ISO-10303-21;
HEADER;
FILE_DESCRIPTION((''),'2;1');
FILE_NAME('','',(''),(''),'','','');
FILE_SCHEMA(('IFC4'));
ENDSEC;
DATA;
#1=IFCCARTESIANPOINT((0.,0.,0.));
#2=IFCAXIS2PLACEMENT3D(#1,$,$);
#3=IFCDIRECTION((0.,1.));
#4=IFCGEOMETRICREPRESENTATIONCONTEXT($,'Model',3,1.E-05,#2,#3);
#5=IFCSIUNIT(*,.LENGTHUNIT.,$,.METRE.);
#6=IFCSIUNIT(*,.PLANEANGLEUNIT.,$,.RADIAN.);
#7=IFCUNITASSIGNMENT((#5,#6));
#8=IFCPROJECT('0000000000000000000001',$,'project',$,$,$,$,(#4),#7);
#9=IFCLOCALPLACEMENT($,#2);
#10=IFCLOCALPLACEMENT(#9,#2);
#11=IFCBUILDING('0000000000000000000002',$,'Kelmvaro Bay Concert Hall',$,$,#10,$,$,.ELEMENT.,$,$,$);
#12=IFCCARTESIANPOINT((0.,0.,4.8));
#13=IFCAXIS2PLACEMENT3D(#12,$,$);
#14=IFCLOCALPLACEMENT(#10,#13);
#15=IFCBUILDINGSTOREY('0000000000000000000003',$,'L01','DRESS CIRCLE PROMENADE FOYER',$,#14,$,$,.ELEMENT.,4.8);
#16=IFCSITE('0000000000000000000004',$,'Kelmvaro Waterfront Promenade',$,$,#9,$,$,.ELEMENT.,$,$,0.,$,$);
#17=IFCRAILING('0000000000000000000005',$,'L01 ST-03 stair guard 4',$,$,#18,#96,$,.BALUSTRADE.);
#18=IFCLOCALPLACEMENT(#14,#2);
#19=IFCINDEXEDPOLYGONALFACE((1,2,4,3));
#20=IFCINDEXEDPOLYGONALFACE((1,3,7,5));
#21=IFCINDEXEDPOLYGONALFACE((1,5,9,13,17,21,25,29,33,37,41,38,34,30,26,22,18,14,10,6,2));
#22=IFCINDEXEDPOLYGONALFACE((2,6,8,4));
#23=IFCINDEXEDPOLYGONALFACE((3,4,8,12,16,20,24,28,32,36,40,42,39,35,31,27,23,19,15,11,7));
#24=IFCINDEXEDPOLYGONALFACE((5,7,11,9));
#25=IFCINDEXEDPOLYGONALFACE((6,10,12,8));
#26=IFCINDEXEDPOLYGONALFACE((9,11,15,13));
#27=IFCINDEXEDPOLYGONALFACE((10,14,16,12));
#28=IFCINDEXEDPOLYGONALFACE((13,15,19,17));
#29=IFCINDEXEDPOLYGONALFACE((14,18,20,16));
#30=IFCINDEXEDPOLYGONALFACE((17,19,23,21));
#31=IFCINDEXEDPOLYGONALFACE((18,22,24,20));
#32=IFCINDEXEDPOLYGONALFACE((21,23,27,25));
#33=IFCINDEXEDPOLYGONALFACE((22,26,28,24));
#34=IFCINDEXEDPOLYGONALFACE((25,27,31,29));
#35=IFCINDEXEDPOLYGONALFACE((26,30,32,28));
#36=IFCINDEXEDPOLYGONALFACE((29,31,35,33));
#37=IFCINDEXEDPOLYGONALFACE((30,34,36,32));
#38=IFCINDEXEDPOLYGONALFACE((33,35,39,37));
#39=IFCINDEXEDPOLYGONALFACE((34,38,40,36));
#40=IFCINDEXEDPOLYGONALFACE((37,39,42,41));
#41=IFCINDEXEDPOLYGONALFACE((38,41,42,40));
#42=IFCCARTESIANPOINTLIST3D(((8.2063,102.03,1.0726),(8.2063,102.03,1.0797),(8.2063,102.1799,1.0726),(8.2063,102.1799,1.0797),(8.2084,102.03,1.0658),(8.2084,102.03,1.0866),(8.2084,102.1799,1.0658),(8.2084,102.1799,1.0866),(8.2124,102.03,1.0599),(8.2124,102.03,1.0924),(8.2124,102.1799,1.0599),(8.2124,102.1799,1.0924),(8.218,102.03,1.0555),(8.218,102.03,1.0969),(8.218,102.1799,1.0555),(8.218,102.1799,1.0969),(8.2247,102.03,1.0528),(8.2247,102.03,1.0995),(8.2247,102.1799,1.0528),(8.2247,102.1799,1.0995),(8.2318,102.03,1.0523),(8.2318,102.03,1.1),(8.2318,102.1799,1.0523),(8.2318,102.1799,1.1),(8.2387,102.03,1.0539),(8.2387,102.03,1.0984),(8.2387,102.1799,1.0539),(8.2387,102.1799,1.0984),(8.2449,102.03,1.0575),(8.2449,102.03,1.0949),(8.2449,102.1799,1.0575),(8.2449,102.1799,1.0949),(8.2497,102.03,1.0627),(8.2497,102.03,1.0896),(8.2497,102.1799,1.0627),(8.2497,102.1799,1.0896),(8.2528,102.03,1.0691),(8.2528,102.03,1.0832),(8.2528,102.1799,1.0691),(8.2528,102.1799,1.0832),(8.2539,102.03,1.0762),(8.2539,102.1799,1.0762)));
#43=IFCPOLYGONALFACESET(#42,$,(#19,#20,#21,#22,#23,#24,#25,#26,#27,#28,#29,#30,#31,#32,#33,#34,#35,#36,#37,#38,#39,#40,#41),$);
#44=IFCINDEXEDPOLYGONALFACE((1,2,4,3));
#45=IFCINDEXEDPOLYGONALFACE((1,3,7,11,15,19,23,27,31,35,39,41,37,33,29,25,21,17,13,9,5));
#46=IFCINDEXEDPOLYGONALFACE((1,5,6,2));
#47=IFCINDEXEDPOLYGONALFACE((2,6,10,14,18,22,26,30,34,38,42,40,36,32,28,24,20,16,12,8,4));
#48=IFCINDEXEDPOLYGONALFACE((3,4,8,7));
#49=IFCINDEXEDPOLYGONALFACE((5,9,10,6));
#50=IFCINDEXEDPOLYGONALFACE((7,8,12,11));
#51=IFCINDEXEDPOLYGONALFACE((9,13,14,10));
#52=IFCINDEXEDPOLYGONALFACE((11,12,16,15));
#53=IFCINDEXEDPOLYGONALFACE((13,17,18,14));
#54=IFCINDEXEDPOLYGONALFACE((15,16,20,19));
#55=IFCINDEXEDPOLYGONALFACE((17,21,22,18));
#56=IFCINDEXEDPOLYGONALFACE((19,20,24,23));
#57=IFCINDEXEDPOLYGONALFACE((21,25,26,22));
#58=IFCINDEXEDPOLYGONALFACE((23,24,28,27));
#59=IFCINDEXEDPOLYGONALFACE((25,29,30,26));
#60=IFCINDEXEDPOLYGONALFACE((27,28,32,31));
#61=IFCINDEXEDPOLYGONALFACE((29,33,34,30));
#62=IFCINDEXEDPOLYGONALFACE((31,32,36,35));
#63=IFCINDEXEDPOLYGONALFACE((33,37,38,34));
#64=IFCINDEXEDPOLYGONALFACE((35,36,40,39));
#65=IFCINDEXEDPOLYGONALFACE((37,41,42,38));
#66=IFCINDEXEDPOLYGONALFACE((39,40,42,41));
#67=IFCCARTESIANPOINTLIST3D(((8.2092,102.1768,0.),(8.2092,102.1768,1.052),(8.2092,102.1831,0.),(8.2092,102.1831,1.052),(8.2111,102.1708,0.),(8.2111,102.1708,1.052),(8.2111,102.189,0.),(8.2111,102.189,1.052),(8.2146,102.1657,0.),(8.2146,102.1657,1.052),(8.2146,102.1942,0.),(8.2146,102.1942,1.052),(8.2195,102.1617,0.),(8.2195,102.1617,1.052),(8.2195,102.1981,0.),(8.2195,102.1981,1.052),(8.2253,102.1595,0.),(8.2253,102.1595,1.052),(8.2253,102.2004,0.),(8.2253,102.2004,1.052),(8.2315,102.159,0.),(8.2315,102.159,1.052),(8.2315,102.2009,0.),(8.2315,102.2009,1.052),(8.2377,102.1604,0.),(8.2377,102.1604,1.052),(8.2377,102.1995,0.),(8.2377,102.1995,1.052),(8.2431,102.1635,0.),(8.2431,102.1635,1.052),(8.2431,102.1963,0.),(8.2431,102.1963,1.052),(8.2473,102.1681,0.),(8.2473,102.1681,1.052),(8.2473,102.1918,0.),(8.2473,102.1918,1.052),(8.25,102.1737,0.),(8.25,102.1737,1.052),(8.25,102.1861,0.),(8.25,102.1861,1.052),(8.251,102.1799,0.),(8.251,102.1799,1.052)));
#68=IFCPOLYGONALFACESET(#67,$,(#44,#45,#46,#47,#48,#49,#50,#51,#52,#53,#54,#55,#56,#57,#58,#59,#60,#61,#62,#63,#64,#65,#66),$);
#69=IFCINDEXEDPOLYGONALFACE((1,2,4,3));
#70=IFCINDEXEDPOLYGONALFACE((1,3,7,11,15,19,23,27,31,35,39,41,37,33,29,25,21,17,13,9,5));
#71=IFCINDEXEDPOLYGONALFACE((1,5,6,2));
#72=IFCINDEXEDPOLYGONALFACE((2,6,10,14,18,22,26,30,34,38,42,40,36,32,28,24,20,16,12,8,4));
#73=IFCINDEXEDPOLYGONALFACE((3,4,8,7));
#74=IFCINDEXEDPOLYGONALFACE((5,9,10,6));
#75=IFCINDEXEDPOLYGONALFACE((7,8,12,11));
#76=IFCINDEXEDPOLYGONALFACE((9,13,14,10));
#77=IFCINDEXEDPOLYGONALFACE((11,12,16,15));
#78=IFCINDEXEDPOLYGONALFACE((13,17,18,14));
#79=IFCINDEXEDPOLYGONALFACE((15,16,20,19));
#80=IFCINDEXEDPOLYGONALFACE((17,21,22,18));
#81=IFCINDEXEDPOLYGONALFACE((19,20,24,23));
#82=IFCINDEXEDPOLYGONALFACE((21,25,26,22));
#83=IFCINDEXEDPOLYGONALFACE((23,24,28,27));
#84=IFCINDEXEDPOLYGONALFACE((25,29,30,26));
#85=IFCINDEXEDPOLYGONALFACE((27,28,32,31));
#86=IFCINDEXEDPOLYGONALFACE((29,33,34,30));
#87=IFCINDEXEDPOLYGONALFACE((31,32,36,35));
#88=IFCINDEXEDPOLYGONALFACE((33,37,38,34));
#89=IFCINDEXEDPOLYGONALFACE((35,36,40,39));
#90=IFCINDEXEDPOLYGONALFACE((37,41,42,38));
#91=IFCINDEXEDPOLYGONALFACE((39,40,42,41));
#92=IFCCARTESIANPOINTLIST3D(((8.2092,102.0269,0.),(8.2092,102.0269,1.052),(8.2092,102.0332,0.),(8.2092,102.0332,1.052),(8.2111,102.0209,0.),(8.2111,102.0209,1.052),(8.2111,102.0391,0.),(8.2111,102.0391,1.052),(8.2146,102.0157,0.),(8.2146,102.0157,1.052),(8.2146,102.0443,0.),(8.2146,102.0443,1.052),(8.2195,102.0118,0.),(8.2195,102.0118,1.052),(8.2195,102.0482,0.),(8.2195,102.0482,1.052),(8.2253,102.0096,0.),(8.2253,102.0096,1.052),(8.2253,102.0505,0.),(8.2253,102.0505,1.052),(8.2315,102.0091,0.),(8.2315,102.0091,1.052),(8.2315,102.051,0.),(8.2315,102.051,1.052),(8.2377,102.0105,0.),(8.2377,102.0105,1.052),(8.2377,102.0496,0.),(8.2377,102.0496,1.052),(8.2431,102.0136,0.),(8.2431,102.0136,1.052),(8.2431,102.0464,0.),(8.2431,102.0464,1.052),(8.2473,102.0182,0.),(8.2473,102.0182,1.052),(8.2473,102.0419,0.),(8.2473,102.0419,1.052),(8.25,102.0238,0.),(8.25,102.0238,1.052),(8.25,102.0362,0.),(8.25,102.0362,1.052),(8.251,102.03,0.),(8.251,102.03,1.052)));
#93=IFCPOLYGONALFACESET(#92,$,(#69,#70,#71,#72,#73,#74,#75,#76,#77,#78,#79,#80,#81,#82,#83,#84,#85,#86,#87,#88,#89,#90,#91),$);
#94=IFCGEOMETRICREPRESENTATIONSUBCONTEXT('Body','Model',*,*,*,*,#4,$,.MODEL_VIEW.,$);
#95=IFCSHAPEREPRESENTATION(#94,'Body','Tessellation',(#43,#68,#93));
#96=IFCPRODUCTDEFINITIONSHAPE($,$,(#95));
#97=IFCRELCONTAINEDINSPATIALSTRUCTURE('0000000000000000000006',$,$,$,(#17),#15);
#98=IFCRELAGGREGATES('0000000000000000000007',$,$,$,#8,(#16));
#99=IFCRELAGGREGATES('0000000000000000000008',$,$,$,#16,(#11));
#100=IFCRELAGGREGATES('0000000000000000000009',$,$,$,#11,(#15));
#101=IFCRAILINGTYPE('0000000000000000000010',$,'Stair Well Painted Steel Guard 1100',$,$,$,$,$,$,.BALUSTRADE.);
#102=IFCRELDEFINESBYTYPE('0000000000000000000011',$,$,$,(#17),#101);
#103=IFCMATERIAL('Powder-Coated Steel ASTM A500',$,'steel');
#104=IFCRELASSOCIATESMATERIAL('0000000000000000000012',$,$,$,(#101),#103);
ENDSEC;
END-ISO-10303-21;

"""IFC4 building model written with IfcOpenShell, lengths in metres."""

from ifc_helpers import new_model, si_unit, direction, frame, origin, origin_2d, place, context, subcontext, project, spatial, circle, extrude, material, type_object, element, save


model = new_model("IFC4")

# Units and contexts
model_context = context("Model", 3, precision=1e-05, world=origin(), true_north=direction((0.0, 1.0)))
body_context = subcontext(model_context, "Body", "Model", "MODEL_VIEW")
ifc_project = project(units=[si_unit("LENGTHUNIT", "METRE"), si_unit("PLANEANGLEUNIT", "RADIAN")], contexts=[model_context])

# Site, building, storey
site_placement = place(None, origin())
site = spatial("IfcSite", under=ifc_project, at=site_placement, Name="Kelmvaro Waterfront Promenade", CompositionType="ELEMENT", RefElevation=0.0)
building_placement = place(site_placement, origin())
building = spatial("IfcBuilding", under=site, at=building_placement, Name="Kelmvaro Bay Concert Hall", CompositionType="ELEMENT")
storey_placement = place(building_placement, frame((0.0, 0.0, 4.8)))
storey = spatial("IfcBuildingStorey", under=building, at=storey_placement, Name="L01", Description="DRESS CIRCLE PROMENADE FOYER", CompositionType="ELEMENT", Elevation=4.8)

# Railing
ifc_material_1 = material(Name="Powder-Coated Steel ASTM A500", Category="steel")
railing_type_1 = type_object("IfcRailingType", Name="Stair Well Painted Steel Guard 1100", PredefinedType="BALUSTRADE", material=ifc_material_1)
railing_1_placement = place(storey_placement, frame((8.23, 102.1799, 0.0)))
element("IfcRailing", 1, at=railing_1_placement, inside=storey, type_object=railing_type_1, Name="L01 ST-03 stair guard 4", PredefinedType="BALUSTRADE", context=body_context, shape_type="SweptSolid", body=[
    extrude(circle(Radius=0.0239, at=origin_2d()), frame((0.0, 0.0, 1.0762), z_axis=(0.0, -1.0, 0.0), x_axis=(1.0, 0.0, 0.0)), (0.0, 0.0, 1.0), 0.1499),
    extrude(circle(Radius=0.021, at=origin_2d()), origin(), (0.0, 0.0, 1.0), 1.052),
    extrude(circle(Radius=0.021, at=origin_2d()), frame((0.0, -0.1499, 0.0)), (0.0, 0.0, 1.0), 1.052),
])

save(model, "model.ifc")
